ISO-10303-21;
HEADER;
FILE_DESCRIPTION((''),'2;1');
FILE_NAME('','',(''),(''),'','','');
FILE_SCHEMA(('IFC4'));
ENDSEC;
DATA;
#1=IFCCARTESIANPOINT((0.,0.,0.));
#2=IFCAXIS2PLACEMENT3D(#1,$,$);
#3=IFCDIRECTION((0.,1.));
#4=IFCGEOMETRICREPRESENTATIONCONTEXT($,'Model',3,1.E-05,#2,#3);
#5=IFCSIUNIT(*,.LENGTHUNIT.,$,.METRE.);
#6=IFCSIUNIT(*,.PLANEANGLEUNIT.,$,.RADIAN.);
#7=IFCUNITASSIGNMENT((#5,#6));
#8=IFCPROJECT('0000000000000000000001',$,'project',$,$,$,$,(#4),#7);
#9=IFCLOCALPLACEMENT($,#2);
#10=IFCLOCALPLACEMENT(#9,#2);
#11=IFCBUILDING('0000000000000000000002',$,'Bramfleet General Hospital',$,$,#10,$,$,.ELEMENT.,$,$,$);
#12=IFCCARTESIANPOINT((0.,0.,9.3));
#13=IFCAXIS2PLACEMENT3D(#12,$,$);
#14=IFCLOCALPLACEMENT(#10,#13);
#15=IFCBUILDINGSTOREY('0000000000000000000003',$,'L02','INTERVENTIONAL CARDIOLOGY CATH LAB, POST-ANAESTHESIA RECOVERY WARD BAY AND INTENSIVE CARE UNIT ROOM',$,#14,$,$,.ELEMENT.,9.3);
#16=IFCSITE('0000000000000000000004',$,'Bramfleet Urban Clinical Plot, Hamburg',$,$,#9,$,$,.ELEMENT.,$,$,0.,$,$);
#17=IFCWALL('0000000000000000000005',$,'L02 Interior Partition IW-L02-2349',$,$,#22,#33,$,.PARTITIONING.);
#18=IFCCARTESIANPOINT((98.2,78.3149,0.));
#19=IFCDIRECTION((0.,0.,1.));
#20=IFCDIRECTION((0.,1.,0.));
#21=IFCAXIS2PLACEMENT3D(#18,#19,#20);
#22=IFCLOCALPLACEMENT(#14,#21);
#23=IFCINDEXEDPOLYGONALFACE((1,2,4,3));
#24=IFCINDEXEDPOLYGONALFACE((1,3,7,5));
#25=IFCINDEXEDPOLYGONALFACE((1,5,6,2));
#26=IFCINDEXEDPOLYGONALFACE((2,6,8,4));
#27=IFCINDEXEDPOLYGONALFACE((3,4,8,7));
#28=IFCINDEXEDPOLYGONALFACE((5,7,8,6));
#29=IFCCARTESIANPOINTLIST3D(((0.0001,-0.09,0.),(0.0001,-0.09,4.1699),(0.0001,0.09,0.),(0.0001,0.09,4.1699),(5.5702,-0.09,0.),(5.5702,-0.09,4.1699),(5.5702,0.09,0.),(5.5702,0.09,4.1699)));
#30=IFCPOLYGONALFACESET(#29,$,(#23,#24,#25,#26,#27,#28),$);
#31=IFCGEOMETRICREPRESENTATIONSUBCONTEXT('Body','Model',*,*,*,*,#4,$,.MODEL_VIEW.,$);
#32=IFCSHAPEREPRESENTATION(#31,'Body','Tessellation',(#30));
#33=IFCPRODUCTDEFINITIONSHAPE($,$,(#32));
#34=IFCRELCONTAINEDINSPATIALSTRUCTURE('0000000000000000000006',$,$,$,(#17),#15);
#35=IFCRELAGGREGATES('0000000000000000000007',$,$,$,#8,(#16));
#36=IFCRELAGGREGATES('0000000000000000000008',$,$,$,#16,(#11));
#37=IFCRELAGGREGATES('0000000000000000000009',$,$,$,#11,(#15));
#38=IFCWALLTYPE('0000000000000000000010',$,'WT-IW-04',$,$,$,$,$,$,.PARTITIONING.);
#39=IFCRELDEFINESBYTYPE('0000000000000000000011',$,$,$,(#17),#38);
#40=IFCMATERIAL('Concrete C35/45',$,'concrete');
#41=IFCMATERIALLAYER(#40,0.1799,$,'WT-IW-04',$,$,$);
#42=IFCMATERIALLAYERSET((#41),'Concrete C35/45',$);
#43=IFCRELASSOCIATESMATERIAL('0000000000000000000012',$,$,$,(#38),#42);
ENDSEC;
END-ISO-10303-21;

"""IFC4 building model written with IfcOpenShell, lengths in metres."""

from ifc_helpers import new_model, si_unit, direction, frame, frame_2d, origin, place, context, subcontext, project, spatial, rectangle, extrude, material, layer, layer_set, type_object, element, save


model = new_model("IFC4")

# Units and contexts
model_context = context("Model", 3, precision=1e-05, world=origin(), true_north=direction((0.0, 1.0)))
body_context = subcontext(model_context, "Body", "Model", "MODEL_VIEW")
ifc_project = project(units=[si_unit("LENGTHUNIT", "METRE"), si_unit("PLANEANGLEUNIT", "RADIAN")], contexts=[model_context])

# Site, building, storey
site_placement = place(None, origin())
site = spatial("IfcSite", under=ifc_project, at=site_placement, Name="Bramfleet Urban Clinical Plot, Hamburg", CompositionType="ELEMENT", RefElevation=0.0)
building_placement = place(site_placement, origin())
building = spatial("IfcBuilding", under=site, at=building_placement, Name="Bramfleet General Hospital", CompositionType="ELEMENT")
storey_placement = place(building_placement, frame((0.0, 0.0, 9.3)))
storey = spatial("IfcBuildingStorey", under=building, at=storey_placement, Name="L02", Description="INTERVENTIONAL CARDIOLOGY CATH LAB, POST-ANAESTHESIA RECOVERY WARD BAY AND INTENSIVE CARE UNIT ROOM", CompositionType="ELEMENT", Elevation=9.3)

# Shared definitions
ifc_material_1 = material(Name="Concrete C35/45", Category="concrete")

# Shared definitions
ifc_layer_1 = layer(ifc_material_1, 0.1799, Name="WT-IW-04")
ifc_layer_set_1 = layer_set([ifc_layer_1], Name="Concrete C35/45")
wall_type_1 = type_object("IfcWallType", Name="WT-IW-04", PredefinedType="PARTITIONING", material=ifc_layer_set_1)

# Wall
wall_1_placement = place(storey_placement, frame((98.2, 78.3149, 0.0), z_axis=(0.0, 0.0, 1.0), x_axis=(0.0, 1.0, 0.0)))
element("IfcWall", 1, at=wall_1_placement, inside=storey, type_object=wall_type_1, Name="L02 Interior Partition IW-L02-2349", PredefinedType="PARTITIONING", context=body_context, shape_type="SweptSolid", body=[
    extrude(rectangle(XDim=5.5701, YDim=0.1799, at=frame_2d((2.7852, 0.0))), origin(), (0.0, 0.0, 1.0), 4.1699),
])

save(model, "model.ifc")
